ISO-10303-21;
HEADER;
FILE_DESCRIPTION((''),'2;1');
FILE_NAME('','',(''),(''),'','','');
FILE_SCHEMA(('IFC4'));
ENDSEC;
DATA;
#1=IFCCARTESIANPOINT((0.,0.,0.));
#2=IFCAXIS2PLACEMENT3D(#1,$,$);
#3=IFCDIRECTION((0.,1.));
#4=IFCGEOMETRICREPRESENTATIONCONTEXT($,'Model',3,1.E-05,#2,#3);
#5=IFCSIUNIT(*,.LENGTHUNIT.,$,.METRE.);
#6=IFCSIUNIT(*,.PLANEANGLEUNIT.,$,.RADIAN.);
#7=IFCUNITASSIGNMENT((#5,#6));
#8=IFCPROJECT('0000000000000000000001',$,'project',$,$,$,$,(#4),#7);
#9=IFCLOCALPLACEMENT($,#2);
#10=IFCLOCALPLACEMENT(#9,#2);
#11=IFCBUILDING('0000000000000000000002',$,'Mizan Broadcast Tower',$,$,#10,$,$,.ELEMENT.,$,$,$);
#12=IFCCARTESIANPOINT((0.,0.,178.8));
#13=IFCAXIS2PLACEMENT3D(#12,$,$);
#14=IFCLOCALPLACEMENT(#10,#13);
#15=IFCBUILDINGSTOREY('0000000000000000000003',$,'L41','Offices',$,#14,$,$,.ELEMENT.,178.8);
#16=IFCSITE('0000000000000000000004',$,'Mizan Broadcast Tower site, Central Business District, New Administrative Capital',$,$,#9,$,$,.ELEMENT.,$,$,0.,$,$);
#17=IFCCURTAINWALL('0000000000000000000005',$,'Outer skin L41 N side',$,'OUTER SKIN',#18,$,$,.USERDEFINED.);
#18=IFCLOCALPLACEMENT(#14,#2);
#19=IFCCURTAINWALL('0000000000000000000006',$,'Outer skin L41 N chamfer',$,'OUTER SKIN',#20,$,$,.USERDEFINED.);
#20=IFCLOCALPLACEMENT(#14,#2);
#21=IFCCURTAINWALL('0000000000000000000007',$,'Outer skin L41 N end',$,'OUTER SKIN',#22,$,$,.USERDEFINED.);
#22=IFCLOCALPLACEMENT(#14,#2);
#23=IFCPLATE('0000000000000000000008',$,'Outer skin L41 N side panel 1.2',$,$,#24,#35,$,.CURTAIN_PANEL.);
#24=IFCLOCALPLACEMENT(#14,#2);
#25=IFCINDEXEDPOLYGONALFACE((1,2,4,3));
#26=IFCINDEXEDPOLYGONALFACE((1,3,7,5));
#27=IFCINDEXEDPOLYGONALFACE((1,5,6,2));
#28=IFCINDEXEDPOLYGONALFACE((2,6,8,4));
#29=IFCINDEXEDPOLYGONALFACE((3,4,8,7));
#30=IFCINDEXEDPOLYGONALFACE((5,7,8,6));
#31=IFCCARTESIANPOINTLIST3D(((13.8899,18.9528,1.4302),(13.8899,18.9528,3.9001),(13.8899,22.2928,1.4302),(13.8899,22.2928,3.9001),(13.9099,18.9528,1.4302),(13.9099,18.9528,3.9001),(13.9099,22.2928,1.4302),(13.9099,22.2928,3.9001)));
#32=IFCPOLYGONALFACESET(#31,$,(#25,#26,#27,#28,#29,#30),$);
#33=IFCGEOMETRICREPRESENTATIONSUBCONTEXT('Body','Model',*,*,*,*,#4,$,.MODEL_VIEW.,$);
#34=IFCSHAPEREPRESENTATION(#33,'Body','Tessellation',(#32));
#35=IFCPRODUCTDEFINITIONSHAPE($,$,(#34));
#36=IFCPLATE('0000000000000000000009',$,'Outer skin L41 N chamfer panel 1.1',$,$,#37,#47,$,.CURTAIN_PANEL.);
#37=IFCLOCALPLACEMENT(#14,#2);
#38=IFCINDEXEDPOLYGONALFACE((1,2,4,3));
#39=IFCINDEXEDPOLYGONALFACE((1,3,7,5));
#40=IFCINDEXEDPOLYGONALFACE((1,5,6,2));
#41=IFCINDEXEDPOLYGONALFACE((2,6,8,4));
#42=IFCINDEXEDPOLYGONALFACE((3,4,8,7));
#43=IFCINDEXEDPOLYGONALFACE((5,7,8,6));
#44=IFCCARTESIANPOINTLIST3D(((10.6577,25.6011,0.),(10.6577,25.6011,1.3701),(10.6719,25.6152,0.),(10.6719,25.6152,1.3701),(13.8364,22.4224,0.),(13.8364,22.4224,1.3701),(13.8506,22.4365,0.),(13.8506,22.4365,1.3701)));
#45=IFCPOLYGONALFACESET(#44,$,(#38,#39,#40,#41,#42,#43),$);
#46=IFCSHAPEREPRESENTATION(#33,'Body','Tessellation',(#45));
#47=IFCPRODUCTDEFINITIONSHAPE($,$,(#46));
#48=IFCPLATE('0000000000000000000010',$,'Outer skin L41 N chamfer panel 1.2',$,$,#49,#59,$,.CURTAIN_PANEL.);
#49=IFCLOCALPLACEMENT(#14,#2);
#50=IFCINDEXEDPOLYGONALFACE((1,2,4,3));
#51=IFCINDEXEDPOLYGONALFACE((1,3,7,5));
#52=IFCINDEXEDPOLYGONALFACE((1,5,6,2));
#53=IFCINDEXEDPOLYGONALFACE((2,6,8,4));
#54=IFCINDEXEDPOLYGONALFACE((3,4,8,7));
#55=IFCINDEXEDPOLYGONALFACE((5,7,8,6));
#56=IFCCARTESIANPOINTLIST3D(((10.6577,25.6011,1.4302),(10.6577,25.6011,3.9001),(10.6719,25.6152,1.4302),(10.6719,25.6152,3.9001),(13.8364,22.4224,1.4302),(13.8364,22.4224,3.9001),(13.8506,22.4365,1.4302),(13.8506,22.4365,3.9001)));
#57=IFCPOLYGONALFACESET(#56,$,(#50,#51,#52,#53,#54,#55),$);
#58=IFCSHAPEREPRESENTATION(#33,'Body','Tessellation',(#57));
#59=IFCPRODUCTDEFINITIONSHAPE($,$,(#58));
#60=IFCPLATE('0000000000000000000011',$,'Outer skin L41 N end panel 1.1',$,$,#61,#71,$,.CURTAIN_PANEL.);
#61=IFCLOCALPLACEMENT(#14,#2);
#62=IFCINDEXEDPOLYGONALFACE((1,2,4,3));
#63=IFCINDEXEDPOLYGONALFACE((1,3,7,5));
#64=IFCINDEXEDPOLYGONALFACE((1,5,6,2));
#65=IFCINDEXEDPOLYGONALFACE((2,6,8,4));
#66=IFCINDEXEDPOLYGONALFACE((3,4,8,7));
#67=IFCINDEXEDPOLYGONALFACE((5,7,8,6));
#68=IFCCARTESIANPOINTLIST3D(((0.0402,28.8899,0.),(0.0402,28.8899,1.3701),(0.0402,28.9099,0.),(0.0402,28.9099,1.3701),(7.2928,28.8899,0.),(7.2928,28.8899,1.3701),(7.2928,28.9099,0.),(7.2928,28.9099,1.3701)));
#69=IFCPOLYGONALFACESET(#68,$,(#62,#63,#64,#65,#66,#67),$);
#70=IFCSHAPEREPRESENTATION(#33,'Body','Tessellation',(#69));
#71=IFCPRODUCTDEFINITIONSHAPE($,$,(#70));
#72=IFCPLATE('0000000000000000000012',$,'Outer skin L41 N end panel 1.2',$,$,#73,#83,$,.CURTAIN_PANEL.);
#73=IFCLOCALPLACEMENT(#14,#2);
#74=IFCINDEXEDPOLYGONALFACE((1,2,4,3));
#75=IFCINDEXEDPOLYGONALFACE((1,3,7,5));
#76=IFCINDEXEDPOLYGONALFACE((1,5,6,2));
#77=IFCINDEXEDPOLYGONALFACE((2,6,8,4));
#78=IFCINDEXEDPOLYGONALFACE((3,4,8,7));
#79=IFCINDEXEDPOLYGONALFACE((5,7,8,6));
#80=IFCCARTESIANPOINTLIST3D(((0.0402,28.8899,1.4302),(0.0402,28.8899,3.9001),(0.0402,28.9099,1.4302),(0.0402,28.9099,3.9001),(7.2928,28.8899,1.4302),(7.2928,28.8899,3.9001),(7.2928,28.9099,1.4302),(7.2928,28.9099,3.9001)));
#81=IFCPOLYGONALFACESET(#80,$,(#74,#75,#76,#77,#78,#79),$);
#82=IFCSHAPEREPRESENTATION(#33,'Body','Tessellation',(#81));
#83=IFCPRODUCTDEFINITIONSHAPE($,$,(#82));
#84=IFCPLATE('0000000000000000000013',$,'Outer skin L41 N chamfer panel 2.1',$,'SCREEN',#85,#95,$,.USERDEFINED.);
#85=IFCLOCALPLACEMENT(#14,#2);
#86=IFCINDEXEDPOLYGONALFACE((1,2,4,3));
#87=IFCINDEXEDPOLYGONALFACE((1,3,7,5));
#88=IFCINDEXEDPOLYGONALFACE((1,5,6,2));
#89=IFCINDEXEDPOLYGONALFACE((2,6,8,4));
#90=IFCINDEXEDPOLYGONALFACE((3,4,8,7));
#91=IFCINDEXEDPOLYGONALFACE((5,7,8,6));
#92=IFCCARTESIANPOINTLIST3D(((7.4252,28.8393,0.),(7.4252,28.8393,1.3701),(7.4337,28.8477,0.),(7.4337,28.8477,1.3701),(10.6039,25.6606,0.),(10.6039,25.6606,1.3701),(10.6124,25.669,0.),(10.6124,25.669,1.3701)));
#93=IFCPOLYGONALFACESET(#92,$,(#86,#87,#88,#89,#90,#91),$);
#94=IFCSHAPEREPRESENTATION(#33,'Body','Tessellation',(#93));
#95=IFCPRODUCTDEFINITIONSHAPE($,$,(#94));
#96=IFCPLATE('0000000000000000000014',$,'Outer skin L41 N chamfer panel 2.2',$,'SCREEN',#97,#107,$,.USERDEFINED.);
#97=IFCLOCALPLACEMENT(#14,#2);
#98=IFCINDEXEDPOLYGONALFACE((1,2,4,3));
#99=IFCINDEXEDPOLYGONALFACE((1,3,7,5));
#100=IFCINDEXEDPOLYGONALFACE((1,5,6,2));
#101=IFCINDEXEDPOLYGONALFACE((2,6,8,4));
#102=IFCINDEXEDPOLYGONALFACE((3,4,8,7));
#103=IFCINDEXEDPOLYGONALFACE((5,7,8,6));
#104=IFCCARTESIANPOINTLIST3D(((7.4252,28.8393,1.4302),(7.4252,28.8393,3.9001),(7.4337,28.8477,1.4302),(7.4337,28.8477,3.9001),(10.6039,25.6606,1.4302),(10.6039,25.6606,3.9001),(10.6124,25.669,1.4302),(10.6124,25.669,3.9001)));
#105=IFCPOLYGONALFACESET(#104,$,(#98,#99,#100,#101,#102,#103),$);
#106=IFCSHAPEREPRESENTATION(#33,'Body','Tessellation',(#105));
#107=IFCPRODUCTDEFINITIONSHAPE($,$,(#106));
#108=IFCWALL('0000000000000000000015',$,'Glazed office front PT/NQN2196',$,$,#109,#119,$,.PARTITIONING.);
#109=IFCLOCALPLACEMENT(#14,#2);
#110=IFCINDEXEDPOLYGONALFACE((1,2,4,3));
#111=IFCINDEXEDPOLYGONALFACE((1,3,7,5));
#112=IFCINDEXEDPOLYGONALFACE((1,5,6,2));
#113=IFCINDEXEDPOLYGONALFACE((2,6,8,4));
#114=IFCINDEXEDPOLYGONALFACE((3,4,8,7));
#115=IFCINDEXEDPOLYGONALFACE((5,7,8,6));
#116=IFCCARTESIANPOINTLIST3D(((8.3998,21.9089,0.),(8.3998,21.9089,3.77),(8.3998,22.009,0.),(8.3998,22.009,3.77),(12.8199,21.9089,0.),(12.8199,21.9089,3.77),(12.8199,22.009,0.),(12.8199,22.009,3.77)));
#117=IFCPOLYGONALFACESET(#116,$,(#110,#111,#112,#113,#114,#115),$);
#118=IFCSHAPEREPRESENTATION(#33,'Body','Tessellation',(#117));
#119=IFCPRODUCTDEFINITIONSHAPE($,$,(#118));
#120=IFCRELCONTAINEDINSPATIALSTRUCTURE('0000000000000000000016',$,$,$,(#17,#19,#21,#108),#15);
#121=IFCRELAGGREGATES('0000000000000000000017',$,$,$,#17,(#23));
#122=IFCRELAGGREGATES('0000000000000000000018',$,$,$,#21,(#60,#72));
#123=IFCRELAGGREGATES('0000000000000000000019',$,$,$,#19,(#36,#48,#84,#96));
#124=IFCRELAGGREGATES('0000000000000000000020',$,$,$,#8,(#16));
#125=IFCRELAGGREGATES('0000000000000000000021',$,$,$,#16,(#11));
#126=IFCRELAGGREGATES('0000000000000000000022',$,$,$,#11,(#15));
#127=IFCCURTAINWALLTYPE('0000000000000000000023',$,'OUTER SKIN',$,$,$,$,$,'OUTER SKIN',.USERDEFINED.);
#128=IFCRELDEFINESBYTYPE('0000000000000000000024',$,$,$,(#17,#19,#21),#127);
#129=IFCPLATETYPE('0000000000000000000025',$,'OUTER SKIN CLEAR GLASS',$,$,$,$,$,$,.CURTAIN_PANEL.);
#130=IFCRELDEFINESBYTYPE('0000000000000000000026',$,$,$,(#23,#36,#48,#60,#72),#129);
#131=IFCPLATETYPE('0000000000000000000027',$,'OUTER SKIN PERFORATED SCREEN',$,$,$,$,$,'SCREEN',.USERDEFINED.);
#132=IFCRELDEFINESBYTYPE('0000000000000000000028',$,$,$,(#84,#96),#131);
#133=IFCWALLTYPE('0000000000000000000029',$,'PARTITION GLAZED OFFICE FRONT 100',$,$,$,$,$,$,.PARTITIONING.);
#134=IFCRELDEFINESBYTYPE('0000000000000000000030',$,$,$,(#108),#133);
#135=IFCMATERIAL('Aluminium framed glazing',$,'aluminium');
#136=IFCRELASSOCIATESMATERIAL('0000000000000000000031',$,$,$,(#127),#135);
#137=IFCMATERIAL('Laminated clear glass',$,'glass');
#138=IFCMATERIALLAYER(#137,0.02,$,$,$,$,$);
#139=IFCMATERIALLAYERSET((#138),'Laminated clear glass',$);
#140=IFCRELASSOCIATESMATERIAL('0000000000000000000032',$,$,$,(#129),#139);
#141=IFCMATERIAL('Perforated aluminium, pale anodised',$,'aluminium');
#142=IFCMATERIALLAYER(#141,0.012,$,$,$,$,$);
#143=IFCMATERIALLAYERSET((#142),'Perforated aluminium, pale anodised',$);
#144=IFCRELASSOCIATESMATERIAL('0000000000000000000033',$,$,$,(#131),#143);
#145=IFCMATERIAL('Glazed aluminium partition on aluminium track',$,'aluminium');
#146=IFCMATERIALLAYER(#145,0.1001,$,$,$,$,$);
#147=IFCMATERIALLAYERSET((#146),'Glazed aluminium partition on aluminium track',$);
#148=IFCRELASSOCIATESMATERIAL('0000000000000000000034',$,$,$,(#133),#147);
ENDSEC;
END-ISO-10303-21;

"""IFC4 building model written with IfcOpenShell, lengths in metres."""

from ifc_helpers import new_model, si_unit, direction, frame, frame_2d, origin, origin_2d, place, context, subcontext, project, spatial, rectangle, extrude, material, layer, layer_set, type_object, element, aggregate, save


model = new_model("IFC4")

# Units and contexts
model_context = context("Model", 3, precision=1e-05, world=origin(), true_north=direction((0.0, 1.0)))
body_context = subcontext(model_context, "Body", "Model", "MODEL_VIEW")
ifc_project = project(units=[si_unit("LENGTHUNIT", "METRE"), si_unit("PLANEANGLEUNIT", "RADIAN")], contexts=[model_context])

# Site, building, storey
site_placement = place(None, origin())
site = spatial("IfcSite", under=ifc_project, at=site_placement, Name="Mizan Broadcast Tower site, Central Business District, New Administrative Capital", CompositionType="ELEMENT", RefElevation=0.0)
building_placement = place(site_placement, origin())
building = spatial("IfcBuilding", under=site, at=building_placement, Name="Mizan Broadcast Tower", CompositionType="ELEMENT")
storey_placement = place(building_placement, frame((0.0, 0.0, 178.8)))
storey = spatial("IfcBuildingStorey", under=building, at=storey_placement, Name="L41", Description="Offices", CompositionType="ELEMENT", Elevation=178.8)

# Curtain wall
ifc_material_1 = material(Name="Aluminium framed glazing", Category="aluminium")
curtain_wall_type_1 = type_object("IfcCurtainWallType", Name="OUTER SKIN", ElementType="OUTER SKIN", PredefinedType="USERDEFINED", material=ifc_material_1)
curtain_wall_1_placement = place(storey_placement, origin())
curtain_wall_1 = element("IfcCurtainWall", 1, at=curtain_wall_1_placement, inside=storey, type_object=curtain_wall_type_1, Name="Outer skin L41 N side", ObjectType="OUTER SKIN", PredefinedType="USERDEFINED")

# Curtain wall
curtain_wall_2_placement = place(storey_placement, origin())
curtain_wall_2 = element("IfcCurtainWall", 2, at=curtain_wall_2_placement, inside=storey, type_object=curtain_wall_type_1, Name="Outer skin L41 N chamfer", ObjectType="OUTER SKIN", PredefinedType="USERDEFINED")

# Curtain wall
curtain_wall_3_placement = place(storey_placement, origin())
curtain_wall_3 = element("IfcCurtainWall", 3, at=curtain_wall_3_placement, inside=storey, type_object=curtain_wall_type_1, Name="Outer skin L41 N end", ObjectType="OUTER SKIN", PredefinedType="USERDEFINED")

# Plates
ifc_material_2 = material(Name="Laminated clear glass", Category="glass")
ifc_layer_1 = layer(ifc_material_2, 0.02)
ifc_layer_set_1 = layer_set([ifc_layer_1], Name="Laminated clear glass")
plate_type_1 = type_object("IfcPlateType", Name="OUTER SKIN CLEAR GLASS", PredefinedType="CURTAIN_PANEL", material=ifc_layer_set_1)
plate_1_placement = place(storey_placement, frame((13.8999, 20.6228, 1.4302), z_axis=(0.0, 0.0, 1.0), x_axis=(0.0, 1.0, 0.0)))
plate_1 = element("IfcPlate", 4, at=plate_1_placement, type_object=plate_type_1, Name="Outer skin L41 N side panel 1.2", PredefinedType="CURTAIN_PANEL", context=body_context, shape_type="SweptSolid", body=[
    extrude(rectangle(XDim=3.3401, YDim=0.02, at=origin_2d()), origin(), (0.0, 0.0, 1.0), 2.47),
])
aggregate(curtain_wall_1, [plate_1])
plate_2_placement = place(storey_placement, frame((12.2542, 24.0188, 0.0), z_axis=(0.0, 0.0, 1.0), x_axis=(-0.707107, 0.707107, 0.0)))
plate_2 = element("IfcPlate", 5, at=plate_2_placement, type_object=plate_type_1, Name="Outer skin L41 N chamfer panel 1.1", PredefinedType="CURTAIN_PANEL", context=body_context, shape_type="SweptSolid", body=[
    extrude(rectangle(XDim=4.4954, YDim=0.02, at=origin_2d()), origin(), (0.0, 0.0, 1.0), 1.3701),
])
plate_3_placement = place(storey_placement, frame((12.2542, 24.0188, 1.4302), z_axis=(0.0, 0.0, 1.0), x_axis=(-0.707107, 0.707107, 0.0)))
plate_3 = element("IfcPlate", 6, at=plate_3_placement, type_object=plate_type_1, Name="Outer skin L41 N chamfer panel 1.2", PredefinedType="CURTAIN_PANEL", context=body_context, shape_type="SweptSolid", body=[
    extrude(rectangle(XDim=4.4954, YDim=0.02, at=origin_2d()), origin(), (0.0, 0.0, 1.0), 2.47),
])
plate_4_placement = place(storey_placement, frame((3.6665, 28.8999, 0.0), z_axis=(0.0, 0.0, 1.0), x_axis=(-1.0, 0.0, 0.0)))
plate_4 = element("IfcPlate", 7, at=plate_4_placement, type_object=plate_type_1, Name="Outer skin L41 N end panel 1.1", PredefinedType="CURTAIN_PANEL", context=body_context, shape_type="SweptSolid", body=[
    extrude(rectangle(XDim=7.2527, YDim=0.02, at=origin_2d()), origin(), (0.0, 0.0, 1.0), 1.3701),
])
plate_5_placement = place(storey_placement, frame((3.6665, 28.8999, 1.4302), z_axis=(0.0, 0.0, 1.0), x_axis=(-1.0, 0.0, 0.0)))
plate_5 = element("IfcPlate", 8, at=plate_5_placement, type_object=plate_type_1, Name="Outer skin L41 N end panel 1.2", PredefinedType="CURTAIN_PANEL", context=body_context, shape_type="SweptSolid", body=[
    extrude(rectangle(XDim=7.2527, YDim=0.02, at=origin_2d()), origin(), (0.0, 0.0, 1.0), 2.47),
])
aggregate(curtain_wall_3, [plate_4, plate_5])
ifc_material_3 = material(Name="Perforated aluminium, pale anodised", Category="aluminium")
ifc_layer_2 = layer(ifc_material_3, 0.012)
ifc_layer_set_2 = layer_set([ifc_layer_2], Name="Perforated aluminium, pale anodised")
plate_type_2 = type_object("IfcPlateType", Name="OUTER SKIN PERFORATED SCREEN", ElementType="SCREEN", PredefinedType="USERDEFINED", material=ifc_layer_set_2)
plate_6_placement = place(storey_placement, frame((9.0188, 27.2542, 0.0), z_axis=(0.0, 0.0, 1.0), x_axis=(-0.707107, 0.707107, 0.0)))
plate_6 = element("IfcPlate", 9, at=plate_6_placement, type_object=plate_type_2, Name="Outer skin L41 N chamfer panel 2.1", ObjectType="SCREEN", PredefinedType="USERDEFINED", context=body_context, shape_type="SweptSolid", body=[
    extrude(rectangle(XDim=4.4954, YDim=0.012, at=origin_2d()), origin(), (0.0, 0.0, 1.0), 1.3701),
])
plate_7_placement = place(storey_placement, frame((9.0188, 27.2542, 1.4302), z_axis=(0.0, 0.0, 1.0), x_axis=(-0.707107, 0.707107, 0.0)))
plate_7 = element("IfcPlate", 10, at=plate_7_placement, type_object=plate_type_2, Name="Outer skin L41 N chamfer panel 2.2", ObjectType="SCREEN", PredefinedType="USERDEFINED", context=body_context, shape_type="SweptSolid", body=[
    extrude(rectangle(XDim=4.4954, YDim=0.012, at=origin_2d()), origin(), (0.0, 0.0, 1.0), 2.47),
])
aggregate(curtain_wall_2, [plate_2, plate_3, plate_6, plate_7])

# Wall
ifc_material_4 = material(Name="Glazed aluminium partition on aluminium track", Category="aluminium")
ifc_layer_3 = layer(ifc_material_4, 0.1001)
ifc_layer_set_3 = layer_set([ifc_layer_3], Name="Glazed aluminium partition on aluminium track")
wall_type = type_object("IfcWallType", Name="PARTITION GLAZED OFFICE FRONT 100", PredefinedType="PARTITIONING", material=ifc_layer_set_3)
wall_placement = place(storey_placement, frame((8.3999, 21.959, 0.0), z_axis=(0.0, 0.0, 1.0), x_axis=(1.0, 0.0, 0.0)))
element("IfcWall", 11, at=wall_placement, inside=storey, type_object=wall_type, Name="Glazed office front PT/NQN2196", PredefinedType="PARTITIONING", context=body_context, shape_type="SweptSolid", body=[
    extrude(rectangle(XDim=4.4202, YDim=0.1001, at=frame_2d((2.21, 0.0))), origin(), (0.0, 0.0, 1.0), 3.77),
])

save(model, "model.ifc")
